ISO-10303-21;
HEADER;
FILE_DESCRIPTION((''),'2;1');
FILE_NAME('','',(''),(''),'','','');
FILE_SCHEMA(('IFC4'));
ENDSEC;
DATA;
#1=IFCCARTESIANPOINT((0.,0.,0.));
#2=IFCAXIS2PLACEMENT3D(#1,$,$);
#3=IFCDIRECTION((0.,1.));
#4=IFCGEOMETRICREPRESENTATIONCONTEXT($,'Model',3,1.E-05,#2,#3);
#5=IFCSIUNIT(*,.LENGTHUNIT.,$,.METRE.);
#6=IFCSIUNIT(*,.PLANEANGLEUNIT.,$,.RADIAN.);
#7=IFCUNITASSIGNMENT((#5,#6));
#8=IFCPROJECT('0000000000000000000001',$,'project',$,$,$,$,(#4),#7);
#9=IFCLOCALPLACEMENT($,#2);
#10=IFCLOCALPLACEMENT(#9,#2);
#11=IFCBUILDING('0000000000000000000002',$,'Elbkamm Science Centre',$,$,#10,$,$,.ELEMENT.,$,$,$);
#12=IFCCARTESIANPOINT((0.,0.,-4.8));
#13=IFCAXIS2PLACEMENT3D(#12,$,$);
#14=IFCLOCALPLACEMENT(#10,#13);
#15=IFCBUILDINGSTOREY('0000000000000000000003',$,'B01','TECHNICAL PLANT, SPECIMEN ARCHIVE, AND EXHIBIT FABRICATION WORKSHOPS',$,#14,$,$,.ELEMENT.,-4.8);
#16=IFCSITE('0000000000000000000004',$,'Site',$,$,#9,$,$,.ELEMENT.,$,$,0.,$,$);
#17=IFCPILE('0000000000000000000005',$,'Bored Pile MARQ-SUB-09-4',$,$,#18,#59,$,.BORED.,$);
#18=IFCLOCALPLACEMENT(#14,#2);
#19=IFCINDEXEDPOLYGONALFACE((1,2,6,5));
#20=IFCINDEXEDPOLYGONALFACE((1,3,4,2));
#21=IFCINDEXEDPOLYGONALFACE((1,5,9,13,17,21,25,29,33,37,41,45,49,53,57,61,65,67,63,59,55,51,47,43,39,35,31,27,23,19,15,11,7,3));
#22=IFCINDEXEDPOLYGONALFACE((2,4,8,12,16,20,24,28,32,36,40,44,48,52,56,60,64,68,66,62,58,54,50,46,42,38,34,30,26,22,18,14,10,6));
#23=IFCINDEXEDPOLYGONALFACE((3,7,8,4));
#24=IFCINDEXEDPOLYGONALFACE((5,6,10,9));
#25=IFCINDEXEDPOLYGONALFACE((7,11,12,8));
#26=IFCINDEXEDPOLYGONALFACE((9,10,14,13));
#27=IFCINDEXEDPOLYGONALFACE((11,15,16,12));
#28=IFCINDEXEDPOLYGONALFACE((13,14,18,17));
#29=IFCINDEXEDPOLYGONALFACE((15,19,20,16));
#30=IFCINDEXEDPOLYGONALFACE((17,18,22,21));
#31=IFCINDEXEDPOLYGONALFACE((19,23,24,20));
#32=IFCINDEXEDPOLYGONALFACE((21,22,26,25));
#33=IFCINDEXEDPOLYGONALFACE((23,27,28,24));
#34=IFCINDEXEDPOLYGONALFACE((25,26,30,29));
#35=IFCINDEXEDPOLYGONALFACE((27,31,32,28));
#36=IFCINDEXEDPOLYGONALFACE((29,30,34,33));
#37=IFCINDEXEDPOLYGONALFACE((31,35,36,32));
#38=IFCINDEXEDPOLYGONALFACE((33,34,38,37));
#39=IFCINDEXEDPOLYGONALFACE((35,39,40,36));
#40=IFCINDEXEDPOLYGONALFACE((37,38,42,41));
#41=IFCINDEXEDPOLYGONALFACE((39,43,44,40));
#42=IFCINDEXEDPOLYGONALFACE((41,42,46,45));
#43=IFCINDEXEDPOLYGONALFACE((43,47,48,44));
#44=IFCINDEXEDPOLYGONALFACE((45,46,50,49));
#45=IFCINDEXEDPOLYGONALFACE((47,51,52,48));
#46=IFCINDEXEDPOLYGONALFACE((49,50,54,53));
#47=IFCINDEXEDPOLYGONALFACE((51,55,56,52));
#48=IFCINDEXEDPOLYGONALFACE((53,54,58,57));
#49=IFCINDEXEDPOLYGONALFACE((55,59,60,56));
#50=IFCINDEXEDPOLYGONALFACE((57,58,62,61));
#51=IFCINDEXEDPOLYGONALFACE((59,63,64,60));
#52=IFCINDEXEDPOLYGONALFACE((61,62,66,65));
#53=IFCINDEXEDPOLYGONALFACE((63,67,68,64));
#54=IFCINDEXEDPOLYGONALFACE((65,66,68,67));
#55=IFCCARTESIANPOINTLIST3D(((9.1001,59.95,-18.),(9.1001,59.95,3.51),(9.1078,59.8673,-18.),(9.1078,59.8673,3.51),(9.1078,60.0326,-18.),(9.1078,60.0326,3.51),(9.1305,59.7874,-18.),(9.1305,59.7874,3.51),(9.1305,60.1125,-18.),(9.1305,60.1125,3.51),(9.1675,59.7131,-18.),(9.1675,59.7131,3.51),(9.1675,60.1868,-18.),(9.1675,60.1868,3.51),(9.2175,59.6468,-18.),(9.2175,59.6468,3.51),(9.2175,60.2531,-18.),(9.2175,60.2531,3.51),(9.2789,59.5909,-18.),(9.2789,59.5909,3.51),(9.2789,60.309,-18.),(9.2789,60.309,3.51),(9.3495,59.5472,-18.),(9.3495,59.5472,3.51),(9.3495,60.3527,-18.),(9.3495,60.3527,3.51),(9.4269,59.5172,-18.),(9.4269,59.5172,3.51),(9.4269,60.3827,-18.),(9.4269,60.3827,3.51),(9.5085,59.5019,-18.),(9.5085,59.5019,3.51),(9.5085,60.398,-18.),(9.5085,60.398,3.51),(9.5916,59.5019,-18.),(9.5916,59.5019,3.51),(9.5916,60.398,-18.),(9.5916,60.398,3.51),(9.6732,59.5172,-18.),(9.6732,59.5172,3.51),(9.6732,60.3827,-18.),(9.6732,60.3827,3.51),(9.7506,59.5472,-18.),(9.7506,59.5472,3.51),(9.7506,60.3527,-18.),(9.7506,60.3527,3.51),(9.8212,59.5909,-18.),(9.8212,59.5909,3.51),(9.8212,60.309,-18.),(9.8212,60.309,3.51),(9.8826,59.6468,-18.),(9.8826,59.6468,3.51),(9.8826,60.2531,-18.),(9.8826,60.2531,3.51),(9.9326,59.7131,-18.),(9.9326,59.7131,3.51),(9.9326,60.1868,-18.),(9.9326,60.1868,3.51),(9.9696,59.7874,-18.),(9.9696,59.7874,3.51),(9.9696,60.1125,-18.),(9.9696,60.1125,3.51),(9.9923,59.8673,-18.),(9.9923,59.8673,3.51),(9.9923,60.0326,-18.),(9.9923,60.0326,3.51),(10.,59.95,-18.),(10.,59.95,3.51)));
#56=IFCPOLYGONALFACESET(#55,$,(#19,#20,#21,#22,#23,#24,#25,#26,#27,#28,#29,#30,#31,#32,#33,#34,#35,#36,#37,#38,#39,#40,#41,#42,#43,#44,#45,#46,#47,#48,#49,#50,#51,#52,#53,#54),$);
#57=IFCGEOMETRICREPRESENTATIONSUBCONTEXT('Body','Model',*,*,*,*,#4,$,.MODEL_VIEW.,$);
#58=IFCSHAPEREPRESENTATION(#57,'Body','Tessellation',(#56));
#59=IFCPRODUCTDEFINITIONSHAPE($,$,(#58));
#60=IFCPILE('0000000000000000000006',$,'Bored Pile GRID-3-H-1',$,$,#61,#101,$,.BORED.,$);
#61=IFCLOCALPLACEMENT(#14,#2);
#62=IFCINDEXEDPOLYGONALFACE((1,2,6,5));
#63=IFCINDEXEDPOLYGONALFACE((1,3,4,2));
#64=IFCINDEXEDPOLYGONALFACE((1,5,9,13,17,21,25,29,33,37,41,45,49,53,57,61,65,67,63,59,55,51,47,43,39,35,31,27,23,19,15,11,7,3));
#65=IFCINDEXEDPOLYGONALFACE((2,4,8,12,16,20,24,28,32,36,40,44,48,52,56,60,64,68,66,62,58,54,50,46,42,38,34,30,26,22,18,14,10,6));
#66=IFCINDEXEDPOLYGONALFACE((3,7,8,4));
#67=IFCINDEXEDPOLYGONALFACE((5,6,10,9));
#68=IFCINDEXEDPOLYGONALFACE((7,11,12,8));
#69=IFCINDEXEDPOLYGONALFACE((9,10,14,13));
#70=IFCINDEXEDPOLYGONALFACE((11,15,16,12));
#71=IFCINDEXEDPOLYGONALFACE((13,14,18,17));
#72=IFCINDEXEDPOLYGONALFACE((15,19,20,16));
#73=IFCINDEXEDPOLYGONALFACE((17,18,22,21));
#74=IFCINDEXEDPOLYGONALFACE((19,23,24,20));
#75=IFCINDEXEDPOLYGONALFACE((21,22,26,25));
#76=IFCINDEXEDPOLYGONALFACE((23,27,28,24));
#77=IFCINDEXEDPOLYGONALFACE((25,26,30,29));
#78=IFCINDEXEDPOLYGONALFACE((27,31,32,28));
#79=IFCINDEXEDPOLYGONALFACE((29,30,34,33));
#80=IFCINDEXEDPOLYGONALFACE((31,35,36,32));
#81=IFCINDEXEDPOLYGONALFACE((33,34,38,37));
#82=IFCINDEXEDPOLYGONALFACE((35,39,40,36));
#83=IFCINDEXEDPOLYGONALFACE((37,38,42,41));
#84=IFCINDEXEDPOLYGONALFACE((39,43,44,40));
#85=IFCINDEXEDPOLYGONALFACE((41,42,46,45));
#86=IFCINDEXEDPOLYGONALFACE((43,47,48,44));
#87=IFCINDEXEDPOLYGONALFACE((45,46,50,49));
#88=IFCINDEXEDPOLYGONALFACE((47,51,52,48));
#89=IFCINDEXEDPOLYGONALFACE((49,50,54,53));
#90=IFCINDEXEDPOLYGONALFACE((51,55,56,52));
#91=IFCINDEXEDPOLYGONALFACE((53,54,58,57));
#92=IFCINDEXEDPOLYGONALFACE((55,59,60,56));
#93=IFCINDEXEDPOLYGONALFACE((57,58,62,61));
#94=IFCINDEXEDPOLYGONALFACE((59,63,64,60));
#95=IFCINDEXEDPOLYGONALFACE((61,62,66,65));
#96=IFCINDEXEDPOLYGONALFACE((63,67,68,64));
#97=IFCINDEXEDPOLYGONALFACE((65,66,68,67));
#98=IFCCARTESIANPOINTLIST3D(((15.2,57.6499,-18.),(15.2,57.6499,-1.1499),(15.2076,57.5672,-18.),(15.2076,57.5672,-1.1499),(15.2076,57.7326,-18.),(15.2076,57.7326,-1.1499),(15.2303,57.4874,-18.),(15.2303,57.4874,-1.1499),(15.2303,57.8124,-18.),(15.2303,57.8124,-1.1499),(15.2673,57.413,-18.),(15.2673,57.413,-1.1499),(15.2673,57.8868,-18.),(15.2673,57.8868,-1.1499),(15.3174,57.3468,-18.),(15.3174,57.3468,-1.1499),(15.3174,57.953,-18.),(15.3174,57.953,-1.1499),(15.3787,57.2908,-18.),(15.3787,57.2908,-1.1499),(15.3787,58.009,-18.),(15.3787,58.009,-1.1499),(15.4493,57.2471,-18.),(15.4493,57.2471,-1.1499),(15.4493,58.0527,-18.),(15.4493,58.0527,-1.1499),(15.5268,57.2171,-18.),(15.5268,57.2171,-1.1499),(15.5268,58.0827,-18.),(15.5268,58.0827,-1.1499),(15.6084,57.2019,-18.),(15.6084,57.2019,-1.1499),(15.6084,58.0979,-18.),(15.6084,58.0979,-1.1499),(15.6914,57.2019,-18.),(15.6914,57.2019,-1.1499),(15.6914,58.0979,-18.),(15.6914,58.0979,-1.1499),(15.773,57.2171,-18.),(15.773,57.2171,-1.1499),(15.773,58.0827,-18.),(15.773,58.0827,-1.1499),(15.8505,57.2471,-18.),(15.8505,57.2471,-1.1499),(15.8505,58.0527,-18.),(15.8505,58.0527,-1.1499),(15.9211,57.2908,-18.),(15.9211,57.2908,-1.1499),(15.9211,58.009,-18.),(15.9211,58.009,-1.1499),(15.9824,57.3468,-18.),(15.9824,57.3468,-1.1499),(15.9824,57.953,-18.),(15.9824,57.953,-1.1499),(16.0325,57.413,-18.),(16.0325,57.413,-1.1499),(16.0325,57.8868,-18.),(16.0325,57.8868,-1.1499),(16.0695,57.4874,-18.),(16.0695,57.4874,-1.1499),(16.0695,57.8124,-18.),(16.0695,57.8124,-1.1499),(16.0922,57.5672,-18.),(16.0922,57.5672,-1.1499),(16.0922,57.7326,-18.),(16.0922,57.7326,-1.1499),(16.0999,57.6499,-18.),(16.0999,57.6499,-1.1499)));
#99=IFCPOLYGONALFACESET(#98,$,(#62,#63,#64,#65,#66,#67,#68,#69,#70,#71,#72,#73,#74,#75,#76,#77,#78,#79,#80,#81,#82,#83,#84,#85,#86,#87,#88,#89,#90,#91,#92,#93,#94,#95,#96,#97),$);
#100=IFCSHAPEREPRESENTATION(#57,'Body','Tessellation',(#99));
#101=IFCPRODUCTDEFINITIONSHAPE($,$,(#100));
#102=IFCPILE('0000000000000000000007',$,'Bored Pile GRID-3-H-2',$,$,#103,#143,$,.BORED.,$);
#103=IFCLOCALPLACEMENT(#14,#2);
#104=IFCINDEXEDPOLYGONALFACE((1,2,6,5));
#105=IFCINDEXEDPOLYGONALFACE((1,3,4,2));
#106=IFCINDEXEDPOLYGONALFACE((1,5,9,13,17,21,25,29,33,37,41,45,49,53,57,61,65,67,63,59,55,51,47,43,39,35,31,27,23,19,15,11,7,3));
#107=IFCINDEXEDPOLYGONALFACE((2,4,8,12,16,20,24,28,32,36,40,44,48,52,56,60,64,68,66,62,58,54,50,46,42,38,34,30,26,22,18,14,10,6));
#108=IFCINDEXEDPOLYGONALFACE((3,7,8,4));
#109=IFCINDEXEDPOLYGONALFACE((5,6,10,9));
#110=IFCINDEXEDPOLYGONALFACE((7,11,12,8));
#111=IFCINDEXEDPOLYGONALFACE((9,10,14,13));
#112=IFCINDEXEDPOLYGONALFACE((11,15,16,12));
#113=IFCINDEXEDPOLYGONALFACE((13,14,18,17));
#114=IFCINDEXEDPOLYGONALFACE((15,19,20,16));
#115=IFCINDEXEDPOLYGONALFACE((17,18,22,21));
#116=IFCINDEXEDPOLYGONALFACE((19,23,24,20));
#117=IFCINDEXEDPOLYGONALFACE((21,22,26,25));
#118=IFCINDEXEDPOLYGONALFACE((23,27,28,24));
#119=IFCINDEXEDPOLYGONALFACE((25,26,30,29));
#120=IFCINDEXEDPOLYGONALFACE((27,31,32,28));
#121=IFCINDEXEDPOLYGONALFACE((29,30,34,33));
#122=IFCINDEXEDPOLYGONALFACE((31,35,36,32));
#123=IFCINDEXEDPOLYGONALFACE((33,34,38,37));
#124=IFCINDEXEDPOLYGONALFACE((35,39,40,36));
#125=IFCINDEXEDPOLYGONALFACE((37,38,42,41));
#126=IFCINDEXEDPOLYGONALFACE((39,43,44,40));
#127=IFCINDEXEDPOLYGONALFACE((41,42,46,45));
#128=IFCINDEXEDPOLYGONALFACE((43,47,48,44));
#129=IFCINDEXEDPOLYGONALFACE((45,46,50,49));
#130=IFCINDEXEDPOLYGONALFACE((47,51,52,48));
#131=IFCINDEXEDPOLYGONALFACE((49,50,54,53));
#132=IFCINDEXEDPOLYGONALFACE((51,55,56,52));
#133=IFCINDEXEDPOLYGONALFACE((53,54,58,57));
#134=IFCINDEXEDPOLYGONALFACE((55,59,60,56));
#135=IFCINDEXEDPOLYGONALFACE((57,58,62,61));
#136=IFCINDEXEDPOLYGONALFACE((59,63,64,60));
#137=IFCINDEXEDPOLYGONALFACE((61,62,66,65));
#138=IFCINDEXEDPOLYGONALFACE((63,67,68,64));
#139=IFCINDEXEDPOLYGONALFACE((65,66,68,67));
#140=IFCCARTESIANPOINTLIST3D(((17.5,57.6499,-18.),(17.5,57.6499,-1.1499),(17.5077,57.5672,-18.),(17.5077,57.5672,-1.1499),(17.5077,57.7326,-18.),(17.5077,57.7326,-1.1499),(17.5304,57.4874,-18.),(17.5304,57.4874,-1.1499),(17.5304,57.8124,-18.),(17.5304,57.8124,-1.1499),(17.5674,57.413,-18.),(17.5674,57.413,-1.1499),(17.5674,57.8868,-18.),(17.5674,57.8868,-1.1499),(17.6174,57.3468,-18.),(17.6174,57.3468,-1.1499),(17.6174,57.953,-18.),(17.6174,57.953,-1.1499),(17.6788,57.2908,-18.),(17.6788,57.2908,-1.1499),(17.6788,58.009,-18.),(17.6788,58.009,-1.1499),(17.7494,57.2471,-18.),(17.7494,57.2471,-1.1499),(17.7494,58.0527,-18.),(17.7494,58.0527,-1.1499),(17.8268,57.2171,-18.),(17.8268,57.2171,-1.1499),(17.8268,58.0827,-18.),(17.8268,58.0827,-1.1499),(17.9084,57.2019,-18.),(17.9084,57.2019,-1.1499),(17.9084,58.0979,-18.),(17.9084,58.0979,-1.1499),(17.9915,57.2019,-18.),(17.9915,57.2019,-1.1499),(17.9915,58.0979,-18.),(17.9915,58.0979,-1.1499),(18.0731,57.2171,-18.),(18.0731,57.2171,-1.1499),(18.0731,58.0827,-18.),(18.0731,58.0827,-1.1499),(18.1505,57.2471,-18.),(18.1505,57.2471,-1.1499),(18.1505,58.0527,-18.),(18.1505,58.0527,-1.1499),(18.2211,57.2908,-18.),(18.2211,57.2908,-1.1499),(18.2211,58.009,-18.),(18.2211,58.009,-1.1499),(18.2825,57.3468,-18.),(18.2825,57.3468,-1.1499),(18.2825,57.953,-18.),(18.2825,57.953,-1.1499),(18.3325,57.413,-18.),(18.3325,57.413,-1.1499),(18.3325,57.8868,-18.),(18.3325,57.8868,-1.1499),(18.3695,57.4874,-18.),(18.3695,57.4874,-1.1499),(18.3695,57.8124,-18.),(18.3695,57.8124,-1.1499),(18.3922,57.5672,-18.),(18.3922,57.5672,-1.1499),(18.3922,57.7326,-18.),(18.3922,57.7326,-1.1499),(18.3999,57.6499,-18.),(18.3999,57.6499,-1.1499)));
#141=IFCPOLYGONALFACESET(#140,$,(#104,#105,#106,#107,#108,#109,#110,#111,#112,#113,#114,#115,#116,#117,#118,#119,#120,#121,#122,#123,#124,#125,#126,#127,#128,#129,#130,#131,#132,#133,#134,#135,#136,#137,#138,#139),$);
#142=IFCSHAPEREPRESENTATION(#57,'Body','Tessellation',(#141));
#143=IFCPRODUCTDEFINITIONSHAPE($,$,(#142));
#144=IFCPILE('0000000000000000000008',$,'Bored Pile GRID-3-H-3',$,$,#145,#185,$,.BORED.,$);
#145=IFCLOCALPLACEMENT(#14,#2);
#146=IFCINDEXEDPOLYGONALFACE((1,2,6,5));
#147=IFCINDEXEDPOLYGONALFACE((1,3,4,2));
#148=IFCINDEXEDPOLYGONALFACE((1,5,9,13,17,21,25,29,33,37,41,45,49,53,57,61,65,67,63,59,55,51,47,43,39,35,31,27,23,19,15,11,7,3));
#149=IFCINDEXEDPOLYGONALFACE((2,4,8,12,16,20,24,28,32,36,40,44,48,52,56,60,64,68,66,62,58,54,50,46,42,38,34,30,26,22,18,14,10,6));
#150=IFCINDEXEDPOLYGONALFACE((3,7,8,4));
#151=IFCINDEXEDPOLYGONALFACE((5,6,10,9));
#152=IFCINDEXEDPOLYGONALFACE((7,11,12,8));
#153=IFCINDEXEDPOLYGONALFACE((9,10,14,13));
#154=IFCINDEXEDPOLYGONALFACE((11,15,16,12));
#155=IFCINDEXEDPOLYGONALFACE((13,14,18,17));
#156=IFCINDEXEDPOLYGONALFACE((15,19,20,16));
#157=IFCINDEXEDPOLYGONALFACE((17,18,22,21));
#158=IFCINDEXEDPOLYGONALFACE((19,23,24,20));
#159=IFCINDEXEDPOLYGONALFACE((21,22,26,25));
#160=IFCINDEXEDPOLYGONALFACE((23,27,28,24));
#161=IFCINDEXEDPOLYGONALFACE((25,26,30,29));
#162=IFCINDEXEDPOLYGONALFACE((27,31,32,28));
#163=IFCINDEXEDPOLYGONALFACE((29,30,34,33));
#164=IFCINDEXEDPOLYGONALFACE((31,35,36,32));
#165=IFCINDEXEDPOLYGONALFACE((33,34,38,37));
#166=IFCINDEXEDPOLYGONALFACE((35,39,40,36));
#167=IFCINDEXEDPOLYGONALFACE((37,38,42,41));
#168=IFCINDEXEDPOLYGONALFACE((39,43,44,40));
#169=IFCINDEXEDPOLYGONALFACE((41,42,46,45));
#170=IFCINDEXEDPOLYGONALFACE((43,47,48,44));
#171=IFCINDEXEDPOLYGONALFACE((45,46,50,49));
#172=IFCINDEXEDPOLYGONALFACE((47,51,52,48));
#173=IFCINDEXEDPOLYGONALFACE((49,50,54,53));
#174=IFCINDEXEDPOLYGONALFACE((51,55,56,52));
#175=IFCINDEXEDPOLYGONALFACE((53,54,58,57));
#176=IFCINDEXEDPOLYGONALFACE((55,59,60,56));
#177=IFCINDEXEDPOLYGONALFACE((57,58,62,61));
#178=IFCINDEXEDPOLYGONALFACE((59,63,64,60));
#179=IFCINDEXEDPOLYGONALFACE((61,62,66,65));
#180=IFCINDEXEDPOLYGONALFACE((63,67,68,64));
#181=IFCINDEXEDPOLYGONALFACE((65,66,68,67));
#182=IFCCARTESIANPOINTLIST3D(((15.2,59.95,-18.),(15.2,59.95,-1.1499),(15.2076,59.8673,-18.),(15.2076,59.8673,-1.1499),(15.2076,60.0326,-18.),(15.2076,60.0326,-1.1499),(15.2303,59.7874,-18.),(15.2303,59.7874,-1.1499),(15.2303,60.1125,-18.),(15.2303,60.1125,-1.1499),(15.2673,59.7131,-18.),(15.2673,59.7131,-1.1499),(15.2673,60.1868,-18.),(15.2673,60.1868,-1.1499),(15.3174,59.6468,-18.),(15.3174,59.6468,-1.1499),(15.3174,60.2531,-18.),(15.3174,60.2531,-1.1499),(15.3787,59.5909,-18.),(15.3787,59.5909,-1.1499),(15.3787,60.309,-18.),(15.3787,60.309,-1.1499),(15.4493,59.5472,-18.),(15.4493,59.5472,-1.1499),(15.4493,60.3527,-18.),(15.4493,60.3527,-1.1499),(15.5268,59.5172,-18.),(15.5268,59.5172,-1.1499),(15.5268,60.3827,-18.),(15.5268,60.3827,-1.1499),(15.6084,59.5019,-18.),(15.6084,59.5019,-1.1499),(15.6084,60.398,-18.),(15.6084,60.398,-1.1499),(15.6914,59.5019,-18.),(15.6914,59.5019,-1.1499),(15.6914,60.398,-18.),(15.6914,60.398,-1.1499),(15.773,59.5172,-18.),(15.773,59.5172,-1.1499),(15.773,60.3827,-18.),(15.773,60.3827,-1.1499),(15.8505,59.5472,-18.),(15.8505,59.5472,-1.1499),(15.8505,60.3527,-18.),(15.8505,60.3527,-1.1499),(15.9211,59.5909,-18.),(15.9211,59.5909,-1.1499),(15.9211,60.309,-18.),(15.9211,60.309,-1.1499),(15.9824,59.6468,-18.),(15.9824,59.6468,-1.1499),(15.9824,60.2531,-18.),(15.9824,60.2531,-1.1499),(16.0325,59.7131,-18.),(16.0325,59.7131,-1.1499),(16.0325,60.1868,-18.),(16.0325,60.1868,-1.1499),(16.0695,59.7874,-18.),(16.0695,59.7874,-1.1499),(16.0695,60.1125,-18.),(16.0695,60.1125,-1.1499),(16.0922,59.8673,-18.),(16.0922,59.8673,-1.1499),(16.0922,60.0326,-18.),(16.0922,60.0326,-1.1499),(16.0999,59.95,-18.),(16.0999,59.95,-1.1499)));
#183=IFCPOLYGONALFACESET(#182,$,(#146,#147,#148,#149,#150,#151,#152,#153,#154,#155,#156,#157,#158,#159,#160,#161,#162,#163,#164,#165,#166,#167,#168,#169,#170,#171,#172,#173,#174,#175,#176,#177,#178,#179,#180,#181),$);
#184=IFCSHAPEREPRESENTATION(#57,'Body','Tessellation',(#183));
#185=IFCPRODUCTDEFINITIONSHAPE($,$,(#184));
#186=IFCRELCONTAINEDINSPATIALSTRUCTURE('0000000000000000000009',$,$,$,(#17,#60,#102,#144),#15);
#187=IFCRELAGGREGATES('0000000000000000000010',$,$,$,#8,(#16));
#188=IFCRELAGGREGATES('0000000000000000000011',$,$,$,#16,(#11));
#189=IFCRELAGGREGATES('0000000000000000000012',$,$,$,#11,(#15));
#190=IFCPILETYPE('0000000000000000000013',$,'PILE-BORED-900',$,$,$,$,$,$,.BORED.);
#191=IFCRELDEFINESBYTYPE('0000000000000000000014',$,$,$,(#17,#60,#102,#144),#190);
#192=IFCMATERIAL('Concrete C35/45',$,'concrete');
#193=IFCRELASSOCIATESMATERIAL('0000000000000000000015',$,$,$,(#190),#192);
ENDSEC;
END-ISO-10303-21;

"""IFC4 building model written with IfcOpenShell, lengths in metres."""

from ifc_helpers import new_model, si_unit, direction, frame, origin, origin_2d, place, context, subcontext, project, spatial, circle, extrude, material, material_profile, profile_set, type_object, element, save


model = new_model("IFC4")

# Units and contexts
model_context = context("Model", 3, precision=1e-05, world=origin(), true_north=direction((0.0, 1.0)))
body_context = subcontext(model_context, "Body", "Model", "MODEL_VIEW")
ifc_project = project(units=[si_unit("LENGTHUNIT", "METRE"), si_unit("PLANEANGLEUNIT", "RADIAN")], contexts=[model_context])

# Site, building, storey
site_placement = place(None, origin())
site = spatial("IfcSite", under=ifc_project, at=site_placement, Name="Site", CompositionType="ELEMENT", RefElevation=0.0)
building_placement = place(site_placement, origin())
building = spatial("IfcBuilding", under=site, at=building_placement, Name="Elbkamm Science Centre", CompositionType="ELEMENT")
storey_placement = place(building_placement, frame((0.0, 0.0, -4.8)))
storey = spatial("IfcBuildingStorey", under=building, at=storey_placement, Name="B01", Description="TECHNICAL PLANT, SPECIMEN ARCHIVE, AND EXHIBIT FABRICATION WORKSHOPS", CompositionType="ELEMENT", Elevation=-4.8)

# Shared definitions
ifc_material_1 = material(Name="Concrete C35/45", Category="concrete")

# Piles
ifc_material_profile_1 = material_profile(ifc_material_1, circle(Radius=0.45, at=origin_2d()), Name="PILE D900")
ifc_profile_set_1 = profile_set([ifc_material_profile_1], Name="Concrete C35/45")
pile_type_1 = type_object("IfcPileType", Name="PILE-BORED-900", PredefinedType="BORED", material=ifc_profile_set_1)
for number, where, z_axis, x_axis, name in (
    (1, (9.55, 59.95, 3.51), (0.0, 0.0, -1.0), (1.0, 0.0, 0.0), "Bored Pile MARQ-SUB-09-4"),
):
    element("IfcPile", number, at=place(storey_placement, frame(where, z_axis=z_axis, x_axis=x_axis)), inside=storey, type_object=pile_type_1, Name=name, PredefinedType="BORED", context=body_context, shape_type="SweptSolid", body=[
        extrude(circle(Radius=0.45, at=origin_2d()), origin(), (0.0, 0.0, 1.0), 21.51),
    ])
for number, where, z_axis, x_axis, name in (
    (2, (15.6499, 57.6499, -1.1499), (0.0, 0.0, -1.0), (1.0, 0.0, 0.0), "Bored Pile GRID-3-H-1"),
    (3, (17.95, 57.6499, -1.1499), (0.0, 0.0, -1.0), (1.0, 0.0, 0.0), "Bored Pile GRID-3-H-2"),
    (4, (15.6499, 59.95, -1.1499), (0.0, 0.0, -1.0), (1.0, 0.0, 0.0), "Bored Pile GRID-3-H-3"),
):
    element("IfcPile", number, at=place(storey_placement, frame(where, z_axis=z_axis, x_axis=x_axis)), inside=storey, type_object=pile_type_1, Name=name, PredefinedType="BORED", context=body_context, shape_type="SweptSolid", body=[
        extrude(circle(Radius=0.45, at=origin_2d()), origin(), (0.0, 0.0, 1.0), 16.8501),
    ])

save(model, "model.ifc")
